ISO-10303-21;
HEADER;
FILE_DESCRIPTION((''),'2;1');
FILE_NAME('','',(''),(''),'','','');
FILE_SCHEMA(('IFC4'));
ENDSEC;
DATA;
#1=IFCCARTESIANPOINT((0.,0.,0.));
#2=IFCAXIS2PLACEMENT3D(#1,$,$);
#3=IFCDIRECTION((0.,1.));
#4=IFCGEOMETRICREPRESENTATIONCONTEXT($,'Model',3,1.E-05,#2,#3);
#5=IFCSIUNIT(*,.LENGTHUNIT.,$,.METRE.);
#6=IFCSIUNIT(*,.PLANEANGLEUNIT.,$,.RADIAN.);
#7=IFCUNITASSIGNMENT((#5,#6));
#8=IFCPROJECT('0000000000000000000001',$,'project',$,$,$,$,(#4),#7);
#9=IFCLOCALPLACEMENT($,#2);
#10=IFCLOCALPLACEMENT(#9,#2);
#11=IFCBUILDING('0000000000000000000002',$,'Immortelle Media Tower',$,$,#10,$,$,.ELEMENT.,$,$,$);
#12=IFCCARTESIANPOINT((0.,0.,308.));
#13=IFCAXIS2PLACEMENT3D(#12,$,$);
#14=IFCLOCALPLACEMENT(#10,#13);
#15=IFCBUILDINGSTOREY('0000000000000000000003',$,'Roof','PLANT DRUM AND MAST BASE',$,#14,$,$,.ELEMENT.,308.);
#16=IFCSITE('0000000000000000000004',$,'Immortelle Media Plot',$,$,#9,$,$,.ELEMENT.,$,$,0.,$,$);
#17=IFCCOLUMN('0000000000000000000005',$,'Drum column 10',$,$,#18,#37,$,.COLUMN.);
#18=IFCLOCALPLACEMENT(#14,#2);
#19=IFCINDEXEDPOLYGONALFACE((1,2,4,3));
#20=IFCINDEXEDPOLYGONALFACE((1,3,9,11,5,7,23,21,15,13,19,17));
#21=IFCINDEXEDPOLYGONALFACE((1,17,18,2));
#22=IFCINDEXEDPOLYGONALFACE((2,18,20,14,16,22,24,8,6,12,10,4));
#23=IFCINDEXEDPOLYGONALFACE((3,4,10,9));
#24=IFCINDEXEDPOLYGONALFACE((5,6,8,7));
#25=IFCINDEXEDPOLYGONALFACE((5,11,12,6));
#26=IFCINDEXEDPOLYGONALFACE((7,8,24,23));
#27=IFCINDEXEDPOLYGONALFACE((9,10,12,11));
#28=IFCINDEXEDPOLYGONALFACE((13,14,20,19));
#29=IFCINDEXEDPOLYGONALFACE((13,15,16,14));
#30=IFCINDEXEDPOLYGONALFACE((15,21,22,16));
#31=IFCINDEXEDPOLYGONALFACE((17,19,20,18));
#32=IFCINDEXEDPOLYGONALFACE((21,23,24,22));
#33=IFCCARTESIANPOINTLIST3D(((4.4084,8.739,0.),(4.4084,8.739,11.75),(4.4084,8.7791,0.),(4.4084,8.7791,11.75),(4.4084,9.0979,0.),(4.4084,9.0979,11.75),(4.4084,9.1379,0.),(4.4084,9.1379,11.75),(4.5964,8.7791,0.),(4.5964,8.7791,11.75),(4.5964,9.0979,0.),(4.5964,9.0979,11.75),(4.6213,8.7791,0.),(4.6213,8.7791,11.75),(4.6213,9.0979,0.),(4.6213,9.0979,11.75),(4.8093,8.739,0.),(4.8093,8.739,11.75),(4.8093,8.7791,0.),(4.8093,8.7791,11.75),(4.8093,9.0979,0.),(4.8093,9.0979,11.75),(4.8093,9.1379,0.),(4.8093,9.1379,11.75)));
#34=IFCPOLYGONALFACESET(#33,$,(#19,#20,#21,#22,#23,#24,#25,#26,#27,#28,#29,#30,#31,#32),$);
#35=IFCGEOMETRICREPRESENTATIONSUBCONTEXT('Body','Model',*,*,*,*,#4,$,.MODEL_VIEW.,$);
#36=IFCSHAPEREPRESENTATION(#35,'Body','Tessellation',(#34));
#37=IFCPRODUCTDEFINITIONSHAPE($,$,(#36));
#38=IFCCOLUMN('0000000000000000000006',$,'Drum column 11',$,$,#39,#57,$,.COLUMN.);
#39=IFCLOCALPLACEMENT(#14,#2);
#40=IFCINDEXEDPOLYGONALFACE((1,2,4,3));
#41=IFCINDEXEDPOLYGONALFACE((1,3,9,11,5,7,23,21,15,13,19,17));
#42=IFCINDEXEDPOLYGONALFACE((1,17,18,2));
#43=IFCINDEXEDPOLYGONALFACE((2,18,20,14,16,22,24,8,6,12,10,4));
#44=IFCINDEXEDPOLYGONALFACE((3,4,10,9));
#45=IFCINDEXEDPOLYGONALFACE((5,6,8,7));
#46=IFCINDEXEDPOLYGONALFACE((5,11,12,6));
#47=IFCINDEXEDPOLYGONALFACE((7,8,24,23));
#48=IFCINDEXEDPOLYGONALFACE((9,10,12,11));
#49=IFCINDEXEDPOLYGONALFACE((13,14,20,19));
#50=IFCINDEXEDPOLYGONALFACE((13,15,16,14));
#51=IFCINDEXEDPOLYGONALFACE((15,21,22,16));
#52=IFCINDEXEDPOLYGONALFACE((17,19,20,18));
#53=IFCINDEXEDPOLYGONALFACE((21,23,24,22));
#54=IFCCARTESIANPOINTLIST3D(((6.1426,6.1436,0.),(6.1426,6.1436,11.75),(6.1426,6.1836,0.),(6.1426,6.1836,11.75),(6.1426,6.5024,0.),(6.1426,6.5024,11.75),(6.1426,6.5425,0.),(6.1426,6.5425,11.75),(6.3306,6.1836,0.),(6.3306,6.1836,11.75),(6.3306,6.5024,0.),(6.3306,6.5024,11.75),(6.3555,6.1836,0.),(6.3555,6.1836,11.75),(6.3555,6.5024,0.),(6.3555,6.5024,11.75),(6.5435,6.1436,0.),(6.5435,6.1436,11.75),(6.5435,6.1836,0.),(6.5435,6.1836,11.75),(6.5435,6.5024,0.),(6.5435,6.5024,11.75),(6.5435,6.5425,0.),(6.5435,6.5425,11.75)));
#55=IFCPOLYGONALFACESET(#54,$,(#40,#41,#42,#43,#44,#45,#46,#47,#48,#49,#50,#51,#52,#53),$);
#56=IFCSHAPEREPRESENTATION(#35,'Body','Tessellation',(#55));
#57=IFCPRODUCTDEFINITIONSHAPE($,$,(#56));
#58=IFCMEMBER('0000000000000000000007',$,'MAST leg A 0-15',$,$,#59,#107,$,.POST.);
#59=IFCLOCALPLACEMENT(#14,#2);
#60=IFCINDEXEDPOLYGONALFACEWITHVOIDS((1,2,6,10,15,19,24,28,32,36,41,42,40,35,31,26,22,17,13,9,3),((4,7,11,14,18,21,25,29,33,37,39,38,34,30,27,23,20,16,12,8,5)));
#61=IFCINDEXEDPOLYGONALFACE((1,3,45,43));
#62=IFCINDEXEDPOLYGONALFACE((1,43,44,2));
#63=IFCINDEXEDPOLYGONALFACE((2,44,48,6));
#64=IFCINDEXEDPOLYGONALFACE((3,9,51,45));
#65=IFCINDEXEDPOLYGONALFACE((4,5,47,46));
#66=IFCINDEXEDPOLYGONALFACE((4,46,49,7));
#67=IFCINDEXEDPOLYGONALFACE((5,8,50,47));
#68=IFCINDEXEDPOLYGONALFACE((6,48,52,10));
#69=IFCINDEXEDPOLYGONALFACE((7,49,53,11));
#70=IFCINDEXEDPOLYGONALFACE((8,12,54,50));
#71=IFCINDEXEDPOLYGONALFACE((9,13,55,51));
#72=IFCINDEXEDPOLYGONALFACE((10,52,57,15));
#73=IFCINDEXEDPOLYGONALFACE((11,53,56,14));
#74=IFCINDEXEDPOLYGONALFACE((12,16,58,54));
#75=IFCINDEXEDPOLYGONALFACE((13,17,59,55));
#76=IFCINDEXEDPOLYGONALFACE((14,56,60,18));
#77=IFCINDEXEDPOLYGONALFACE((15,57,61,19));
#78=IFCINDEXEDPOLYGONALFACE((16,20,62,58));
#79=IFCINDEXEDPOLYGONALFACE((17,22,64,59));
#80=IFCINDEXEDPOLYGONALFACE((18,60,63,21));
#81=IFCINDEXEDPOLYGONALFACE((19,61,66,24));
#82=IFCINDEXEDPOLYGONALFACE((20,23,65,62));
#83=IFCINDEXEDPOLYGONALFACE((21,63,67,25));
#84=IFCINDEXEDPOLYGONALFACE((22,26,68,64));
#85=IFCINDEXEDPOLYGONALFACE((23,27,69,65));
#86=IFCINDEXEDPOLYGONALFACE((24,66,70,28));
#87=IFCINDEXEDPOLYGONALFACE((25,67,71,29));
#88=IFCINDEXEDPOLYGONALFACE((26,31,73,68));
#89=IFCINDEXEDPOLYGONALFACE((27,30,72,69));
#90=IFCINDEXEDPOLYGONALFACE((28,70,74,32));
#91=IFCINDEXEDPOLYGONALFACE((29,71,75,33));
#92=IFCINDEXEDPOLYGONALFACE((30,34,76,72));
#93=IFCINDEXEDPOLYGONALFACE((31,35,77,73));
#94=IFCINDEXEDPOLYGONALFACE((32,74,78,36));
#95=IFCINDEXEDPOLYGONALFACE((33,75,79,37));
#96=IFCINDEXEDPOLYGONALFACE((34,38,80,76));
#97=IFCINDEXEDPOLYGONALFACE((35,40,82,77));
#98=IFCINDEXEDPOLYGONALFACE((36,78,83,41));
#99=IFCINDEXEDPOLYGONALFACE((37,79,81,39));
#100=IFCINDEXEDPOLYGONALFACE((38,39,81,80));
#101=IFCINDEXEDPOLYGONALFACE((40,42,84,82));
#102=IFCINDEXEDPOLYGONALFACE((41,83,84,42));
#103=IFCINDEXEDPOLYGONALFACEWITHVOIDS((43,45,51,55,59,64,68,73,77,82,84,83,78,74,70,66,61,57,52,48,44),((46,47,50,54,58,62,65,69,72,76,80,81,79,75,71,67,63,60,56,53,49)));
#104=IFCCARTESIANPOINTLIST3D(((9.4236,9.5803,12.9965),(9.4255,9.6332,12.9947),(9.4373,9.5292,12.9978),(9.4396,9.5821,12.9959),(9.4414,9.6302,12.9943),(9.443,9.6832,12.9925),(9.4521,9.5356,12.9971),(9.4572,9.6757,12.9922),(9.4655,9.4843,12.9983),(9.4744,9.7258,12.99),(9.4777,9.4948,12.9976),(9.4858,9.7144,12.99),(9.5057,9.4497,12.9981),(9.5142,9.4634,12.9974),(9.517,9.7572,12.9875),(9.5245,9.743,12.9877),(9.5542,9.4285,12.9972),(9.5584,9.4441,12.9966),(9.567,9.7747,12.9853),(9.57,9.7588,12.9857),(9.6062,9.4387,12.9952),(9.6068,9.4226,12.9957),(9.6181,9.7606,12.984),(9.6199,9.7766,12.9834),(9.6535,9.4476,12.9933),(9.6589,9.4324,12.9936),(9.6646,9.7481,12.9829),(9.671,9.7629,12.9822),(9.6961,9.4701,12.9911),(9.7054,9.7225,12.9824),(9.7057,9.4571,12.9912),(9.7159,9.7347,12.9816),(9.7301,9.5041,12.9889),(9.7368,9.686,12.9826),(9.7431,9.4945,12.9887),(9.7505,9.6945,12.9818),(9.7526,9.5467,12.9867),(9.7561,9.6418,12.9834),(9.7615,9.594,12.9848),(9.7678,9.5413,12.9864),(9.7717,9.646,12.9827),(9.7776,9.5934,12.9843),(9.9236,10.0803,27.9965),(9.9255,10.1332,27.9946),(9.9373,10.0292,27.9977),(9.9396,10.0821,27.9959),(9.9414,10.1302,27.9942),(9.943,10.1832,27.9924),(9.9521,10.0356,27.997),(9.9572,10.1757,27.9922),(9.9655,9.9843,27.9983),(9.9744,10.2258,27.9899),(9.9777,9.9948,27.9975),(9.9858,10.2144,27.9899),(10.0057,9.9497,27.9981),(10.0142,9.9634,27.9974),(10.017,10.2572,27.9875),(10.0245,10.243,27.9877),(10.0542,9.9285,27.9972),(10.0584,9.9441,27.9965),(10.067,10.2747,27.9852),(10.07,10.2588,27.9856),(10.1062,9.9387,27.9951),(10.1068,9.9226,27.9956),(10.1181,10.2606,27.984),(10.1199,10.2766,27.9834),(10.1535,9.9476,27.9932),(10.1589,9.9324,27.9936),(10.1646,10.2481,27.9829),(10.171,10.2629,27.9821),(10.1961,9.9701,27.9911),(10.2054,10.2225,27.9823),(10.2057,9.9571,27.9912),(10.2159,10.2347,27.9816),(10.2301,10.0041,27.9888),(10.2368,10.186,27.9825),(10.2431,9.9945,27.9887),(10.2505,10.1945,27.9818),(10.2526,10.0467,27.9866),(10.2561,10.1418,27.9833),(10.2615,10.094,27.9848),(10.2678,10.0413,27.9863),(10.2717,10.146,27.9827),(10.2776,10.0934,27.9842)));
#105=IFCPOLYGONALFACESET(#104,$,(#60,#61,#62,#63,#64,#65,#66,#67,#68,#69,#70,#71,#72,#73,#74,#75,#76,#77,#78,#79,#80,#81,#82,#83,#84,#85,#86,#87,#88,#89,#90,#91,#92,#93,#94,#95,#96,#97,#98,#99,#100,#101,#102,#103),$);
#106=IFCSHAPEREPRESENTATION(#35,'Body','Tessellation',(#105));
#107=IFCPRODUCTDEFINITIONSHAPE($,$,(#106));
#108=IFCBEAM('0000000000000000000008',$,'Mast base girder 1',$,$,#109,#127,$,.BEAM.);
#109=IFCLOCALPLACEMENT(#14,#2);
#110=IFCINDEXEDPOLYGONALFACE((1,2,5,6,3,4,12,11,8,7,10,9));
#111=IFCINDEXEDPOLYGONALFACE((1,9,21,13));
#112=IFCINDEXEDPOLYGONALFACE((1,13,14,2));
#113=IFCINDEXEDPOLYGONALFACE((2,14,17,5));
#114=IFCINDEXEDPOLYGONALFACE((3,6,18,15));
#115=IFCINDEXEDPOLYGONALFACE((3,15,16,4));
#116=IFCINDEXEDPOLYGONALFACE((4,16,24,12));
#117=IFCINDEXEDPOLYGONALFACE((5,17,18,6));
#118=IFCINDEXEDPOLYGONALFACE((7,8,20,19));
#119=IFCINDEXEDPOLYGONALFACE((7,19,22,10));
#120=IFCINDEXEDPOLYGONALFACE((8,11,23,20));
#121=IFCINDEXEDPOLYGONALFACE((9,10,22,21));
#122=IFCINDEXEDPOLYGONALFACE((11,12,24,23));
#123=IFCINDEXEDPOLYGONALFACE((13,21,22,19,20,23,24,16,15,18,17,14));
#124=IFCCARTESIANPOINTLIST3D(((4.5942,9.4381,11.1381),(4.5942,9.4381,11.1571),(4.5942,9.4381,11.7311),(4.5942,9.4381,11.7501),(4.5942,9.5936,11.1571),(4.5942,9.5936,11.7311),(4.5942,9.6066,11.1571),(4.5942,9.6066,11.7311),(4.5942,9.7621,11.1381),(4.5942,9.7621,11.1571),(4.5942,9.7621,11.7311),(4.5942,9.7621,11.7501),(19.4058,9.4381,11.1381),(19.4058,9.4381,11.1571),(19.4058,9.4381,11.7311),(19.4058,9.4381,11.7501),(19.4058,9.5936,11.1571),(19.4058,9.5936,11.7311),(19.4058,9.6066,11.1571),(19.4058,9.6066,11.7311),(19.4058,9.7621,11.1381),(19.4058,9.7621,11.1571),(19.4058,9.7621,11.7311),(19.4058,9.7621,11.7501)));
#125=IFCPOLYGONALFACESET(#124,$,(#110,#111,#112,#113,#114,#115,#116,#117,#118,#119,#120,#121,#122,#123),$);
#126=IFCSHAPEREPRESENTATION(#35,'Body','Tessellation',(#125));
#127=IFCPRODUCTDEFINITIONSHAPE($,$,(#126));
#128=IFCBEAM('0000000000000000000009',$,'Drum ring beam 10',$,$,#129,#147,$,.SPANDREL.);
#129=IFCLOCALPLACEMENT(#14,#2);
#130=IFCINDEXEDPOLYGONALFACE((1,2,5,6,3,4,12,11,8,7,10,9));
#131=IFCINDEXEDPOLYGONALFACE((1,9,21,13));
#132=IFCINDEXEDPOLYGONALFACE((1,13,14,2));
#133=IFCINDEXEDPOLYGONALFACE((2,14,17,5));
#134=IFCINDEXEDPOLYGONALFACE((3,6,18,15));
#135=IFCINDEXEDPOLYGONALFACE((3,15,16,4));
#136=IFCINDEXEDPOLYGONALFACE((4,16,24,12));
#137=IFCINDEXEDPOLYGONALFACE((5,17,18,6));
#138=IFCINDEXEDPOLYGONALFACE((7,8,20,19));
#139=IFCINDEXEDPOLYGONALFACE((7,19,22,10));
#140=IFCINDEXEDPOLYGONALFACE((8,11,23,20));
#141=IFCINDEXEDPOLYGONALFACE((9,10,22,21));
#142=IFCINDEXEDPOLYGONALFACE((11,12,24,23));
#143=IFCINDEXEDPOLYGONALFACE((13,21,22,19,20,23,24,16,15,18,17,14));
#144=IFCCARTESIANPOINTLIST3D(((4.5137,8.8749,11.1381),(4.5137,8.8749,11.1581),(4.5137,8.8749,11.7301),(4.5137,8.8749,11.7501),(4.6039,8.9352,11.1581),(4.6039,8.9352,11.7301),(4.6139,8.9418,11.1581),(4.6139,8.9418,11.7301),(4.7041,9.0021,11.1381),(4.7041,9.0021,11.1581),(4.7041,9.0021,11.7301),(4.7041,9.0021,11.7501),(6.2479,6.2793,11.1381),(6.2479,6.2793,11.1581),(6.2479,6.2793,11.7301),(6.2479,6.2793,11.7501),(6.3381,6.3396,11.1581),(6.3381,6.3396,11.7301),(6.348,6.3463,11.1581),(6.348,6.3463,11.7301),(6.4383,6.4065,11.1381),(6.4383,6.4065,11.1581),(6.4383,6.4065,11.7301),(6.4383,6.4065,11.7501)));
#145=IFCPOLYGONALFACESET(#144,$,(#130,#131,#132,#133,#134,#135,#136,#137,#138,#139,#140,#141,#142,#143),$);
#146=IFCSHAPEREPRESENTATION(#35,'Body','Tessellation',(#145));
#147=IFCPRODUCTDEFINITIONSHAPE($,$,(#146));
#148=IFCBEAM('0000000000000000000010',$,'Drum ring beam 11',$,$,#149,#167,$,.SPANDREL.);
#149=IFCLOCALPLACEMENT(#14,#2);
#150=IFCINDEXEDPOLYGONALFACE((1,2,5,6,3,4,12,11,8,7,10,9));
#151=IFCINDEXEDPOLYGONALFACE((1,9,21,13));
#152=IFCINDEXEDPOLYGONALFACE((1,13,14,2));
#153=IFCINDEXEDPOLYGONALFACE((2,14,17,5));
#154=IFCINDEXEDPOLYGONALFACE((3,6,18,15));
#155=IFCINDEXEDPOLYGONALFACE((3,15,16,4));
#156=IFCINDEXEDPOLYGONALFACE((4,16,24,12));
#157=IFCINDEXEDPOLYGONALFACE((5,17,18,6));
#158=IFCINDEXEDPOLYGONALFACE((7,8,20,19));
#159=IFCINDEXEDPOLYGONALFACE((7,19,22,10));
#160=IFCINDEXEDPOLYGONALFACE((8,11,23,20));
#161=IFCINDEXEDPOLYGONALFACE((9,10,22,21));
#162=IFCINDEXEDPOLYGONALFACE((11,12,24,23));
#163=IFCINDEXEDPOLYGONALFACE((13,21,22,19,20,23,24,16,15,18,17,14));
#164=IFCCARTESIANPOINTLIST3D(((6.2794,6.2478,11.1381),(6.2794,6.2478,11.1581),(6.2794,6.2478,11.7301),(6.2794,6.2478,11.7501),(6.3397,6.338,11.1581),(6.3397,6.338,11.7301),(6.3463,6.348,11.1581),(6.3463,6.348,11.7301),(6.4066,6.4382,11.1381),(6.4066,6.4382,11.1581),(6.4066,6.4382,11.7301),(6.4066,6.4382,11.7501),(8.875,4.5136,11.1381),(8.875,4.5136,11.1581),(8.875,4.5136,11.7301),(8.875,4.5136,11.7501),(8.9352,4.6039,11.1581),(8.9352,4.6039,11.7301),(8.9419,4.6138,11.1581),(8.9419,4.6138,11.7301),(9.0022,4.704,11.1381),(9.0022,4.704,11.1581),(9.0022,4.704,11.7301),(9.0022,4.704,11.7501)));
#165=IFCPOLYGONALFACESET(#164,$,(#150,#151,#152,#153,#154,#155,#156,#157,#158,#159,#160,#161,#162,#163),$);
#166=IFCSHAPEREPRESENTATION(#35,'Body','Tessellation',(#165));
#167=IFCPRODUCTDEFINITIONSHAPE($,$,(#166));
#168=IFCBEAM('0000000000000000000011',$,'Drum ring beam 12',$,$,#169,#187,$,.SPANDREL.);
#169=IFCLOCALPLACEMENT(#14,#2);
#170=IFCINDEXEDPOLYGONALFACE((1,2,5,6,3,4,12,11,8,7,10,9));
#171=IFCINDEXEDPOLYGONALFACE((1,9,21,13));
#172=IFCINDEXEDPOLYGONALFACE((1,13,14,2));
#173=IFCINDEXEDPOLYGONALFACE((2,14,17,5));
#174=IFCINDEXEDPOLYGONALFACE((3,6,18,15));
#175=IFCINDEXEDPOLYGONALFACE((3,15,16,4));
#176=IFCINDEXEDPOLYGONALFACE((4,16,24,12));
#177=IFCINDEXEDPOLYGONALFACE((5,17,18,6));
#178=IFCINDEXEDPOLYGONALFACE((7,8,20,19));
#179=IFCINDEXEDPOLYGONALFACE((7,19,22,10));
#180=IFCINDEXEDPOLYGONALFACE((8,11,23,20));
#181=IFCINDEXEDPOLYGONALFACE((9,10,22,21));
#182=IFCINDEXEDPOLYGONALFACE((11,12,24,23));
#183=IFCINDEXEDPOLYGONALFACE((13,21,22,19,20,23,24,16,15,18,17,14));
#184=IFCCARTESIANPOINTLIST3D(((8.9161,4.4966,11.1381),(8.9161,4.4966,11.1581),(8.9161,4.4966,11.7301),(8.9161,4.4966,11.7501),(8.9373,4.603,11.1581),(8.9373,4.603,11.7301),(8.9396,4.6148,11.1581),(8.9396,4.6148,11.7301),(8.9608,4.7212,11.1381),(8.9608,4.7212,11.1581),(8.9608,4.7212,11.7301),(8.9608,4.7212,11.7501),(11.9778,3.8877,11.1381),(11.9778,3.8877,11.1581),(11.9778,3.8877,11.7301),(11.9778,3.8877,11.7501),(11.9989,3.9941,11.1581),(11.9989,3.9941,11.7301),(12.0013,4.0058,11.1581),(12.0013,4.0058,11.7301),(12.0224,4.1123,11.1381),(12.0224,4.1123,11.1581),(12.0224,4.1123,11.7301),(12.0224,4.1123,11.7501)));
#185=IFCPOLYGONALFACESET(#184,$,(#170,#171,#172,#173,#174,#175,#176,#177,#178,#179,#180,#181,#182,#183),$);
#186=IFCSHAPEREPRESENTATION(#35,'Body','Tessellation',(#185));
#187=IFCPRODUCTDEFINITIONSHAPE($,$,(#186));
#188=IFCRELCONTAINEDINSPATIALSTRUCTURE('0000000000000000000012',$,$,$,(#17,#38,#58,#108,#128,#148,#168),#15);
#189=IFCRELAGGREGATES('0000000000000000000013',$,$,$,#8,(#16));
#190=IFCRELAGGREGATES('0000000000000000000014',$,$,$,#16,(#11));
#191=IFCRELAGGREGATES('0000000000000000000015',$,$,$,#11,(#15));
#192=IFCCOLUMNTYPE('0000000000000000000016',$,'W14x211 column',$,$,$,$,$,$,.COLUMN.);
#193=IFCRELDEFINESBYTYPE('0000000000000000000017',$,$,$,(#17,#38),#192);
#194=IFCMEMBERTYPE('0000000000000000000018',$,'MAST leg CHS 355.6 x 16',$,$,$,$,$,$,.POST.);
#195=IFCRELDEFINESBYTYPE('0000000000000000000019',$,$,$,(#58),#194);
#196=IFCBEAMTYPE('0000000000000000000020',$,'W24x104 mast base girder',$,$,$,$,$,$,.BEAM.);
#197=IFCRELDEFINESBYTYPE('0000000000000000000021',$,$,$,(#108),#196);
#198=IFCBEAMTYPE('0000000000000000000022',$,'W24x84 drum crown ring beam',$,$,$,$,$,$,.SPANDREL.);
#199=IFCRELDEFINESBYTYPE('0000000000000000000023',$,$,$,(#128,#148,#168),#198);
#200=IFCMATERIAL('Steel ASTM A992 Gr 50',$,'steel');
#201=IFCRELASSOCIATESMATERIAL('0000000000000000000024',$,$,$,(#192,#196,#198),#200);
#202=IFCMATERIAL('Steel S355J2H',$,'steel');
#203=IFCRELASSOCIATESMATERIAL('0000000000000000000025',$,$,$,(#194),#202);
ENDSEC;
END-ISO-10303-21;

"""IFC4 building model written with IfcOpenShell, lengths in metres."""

from ifc_helpers import new_model, si_unit, direction, frame, origin, origin_2d, place, context, subcontext, project, spatial, hollow_circle, i_section, extrude, material, material_profile, profile_set, type_object, element, save


model = new_model("IFC4")

# Units and contexts
model_context = context("Model", 3, precision=1e-05, world=origin(), true_north=direction((0.0, 1.0)))
body_context = subcontext(model_context, "Body", "Model", "MODEL_VIEW")
ifc_project = project(units=[si_unit("LENGTHUNIT", "METRE"), si_unit("PLANEANGLEUNIT", "RADIAN")], contexts=[model_context])

# Site, building, storey
site_placement = place(None, origin())
site = spatial("IfcSite", under=ifc_project, at=site_placement, Name="Immortelle Media Plot", CompositionType="ELEMENT", RefElevation=0.0)
building_placement = place(site_placement, origin())
building = spatial("IfcBuilding", under=site, at=building_placement, Name="Immortelle Media Tower", CompositionType="ELEMENT")
storey_placement = place(building_placement, frame((0.0, 0.0, 308.0)))
storey = spatial("IfcBuildingStorey", under=building, at=storey_placement, Name="Roof", Description="PLANT DRUM AND MAST BASE", CompositionType="ELEMENT", Elevation=308.0)

# Columns
ifc_material_1 = material(Name="Steel ASTM A992 Gr 50", Category="steel")
ifc_material_profile_1 = material_profile(ifc_material_1, i_section(OverallWidth=0.4009, OverallDepth=0.3989, WebThickness=0.0249, FlangeThickness=0.04, at=origin_2d()), Name="W14x211")
ifc_profile_set_1 = profile_set([ifc_material_profile_1], Name="Steel ASTM A992 Gr 50")
column_type = type_object("IfcColumnType", Name="W14x211 column", PredefinedType="COLUMN", material=ifc_profile_set_1)
for number, where, z_axis, x_axis, name in (
    (1, (4.6089, 8.9385, 0.0), (0.0, 0.0, 1.0), (1.0, 0.0, 0.0), "Drum column 10"),
    (2, (6.343, 6.343, 0.0), (0.0, 0.0, 1.0), (1.0, 0.0, 0.0), "Drum column 11"),
):
    element("IfcColumn", number, at=place(storey_placement, frame(where, z_axis=z_axis, x_axis=x_axis)), inside=storey, type_object=column_type, Name=name, PredefinedType="COLUMN", context=body_context, shape_type="SweptSolid", body=[
        extrude(i_section(OverallWidth=0.4009, OverallDepth=0.3989, WebThickness=0.0249, FlangeThickness=0.04, at=origin_2d()), origin(), (0.0, 0.0, 1.0), 11.75),
    ])

# Member
ifc_material_2 = material(Name="Steel S355J2H", Category="steel")
ifc_material_profile_2 = material_profile(ifc_material_2, hollow_circle(Radius=0.1777, WallThickness=0.0161, at=origin_2d()), Name="CHS 355.6 x 16")
ifc_profile_set_2 = profile_set([ifc_material_profile_2], Name="Steel S355J2H")
member_type = type_object("IfcMemberType", Name="MAST leg CHS 355.6 x 16", PredefinedType="POST", material=ifc_profile_set_2)
member_placement = place(storey_placement, frame((9.6001, 9.6001, 12.99), z_axis=(0.033296, 0.033296, 0.998891), x_axis=(-0.707107, 0.707107, 0.0)))
element("IfcMember", 3, at=member_placement, inside=storey, type_object=member_type, Name="MAST leg A 0-15", PredefinedType="POST", context=body_context, shape_type="SweptSolid", body=[
    extrude(hollow_circle(Radius=0.1777, WallThickness=0.0161, at=origin_2d()), origin(), (0.0, 0.0, 1.0), 15.0166),
])

# Beams
ifc_material_profile_3 = material_profile(ifc_material_1, i_section(OverallWidth=0.324, OverallDepth=0.6121, WebThickness=0.0129, FlangeThickness=0.019, at=origin_2d()), Name="W24x104")
ifc_profile_set_3 = profile_set([ifc_material_profile_3], Name="Steel ASTM A992 Gr 50")
beam_type_1 = type_object("IfcBeamType", Name="W24x104 mast base girder", PredefinedType="BEAM", material=ifc_profile_set_3)
beam_placement = place(storey_placement, frame((4.5942, 9.6001, 11.4441), z_axis=(1.0, 0.0, 0.0), x_axis=(0.0, 1.0, 0.0)))
element("IfcBeam", 4, at=beam_placement, inside=storey, type_object=beam_type_1, Name="Mast base girder 1", PredefinedType="BEAM", context=body_context, shape_type="SweptSolid", body=[
    extrude(i_section(OverallWidth=0.324, OverallDepth=0.6121, WebThickness=0.0129, FlangeThickness=0.019, at=origin_2d()), origin(), (0.0, 0.0, 1.0), 14.8115),
])
ifc_material_profile_4 = material_profile(ifc_material_1, i_section(OverallWidth=0.229, OverallDepth=0.6121, WebThickness=0.012, FlangeThickness=0.02, at=origin_2d()), Name="W24x84")
ifc_profile_set_4 = profile_set([ifc_material_profile_4], Name="Steel ASTM A992 Gr 50")
beam_type_2 = type_object("IfcBeamType", Name="W24x84 drum crown ring beam", PredefinedType="SPANDREL", material=ifc_profile_set_4)
for number, where, z_axis, x_axis, name in (
    (5, (4.6089, 8.9385, 11.4441), (0.555548, -0.831484, 0.0), (0.831484, 0.555548, 0.0), "Drum ring beam 10"),
    (6, (6.343, 6.343, 11.4441), (0.831484, -0.555548, 0.0), (0.555548, 0.831484, 0.0), "Drum ring beam 11"),
    (7, (8.9385, 4.6089, 11.4441), (0.980791, -0.195063, 0.0), (0.195063, 0.980791, 0.0), "Drum ring beam 12"),
):
    element("IfcBeam", number, at=place(storey_placement, frame(where, z_axis=z_axis, x_axis=x_axis)), inside=storey, type_object=beam_type_2, Name=name, PredefinedType="SPANDREL", context=body_context, shape_type="SweptSolid", body=[
        extrude(i_section(OverallWidth=0.229, OverallDepth=0.6121, WebThickness=0.012, FlangeThickness=0.02, at=origin_2d()), origin(), (0.0, 0.0, 1.0), 3.1216),
    ])

save(model, "model.ifc")
